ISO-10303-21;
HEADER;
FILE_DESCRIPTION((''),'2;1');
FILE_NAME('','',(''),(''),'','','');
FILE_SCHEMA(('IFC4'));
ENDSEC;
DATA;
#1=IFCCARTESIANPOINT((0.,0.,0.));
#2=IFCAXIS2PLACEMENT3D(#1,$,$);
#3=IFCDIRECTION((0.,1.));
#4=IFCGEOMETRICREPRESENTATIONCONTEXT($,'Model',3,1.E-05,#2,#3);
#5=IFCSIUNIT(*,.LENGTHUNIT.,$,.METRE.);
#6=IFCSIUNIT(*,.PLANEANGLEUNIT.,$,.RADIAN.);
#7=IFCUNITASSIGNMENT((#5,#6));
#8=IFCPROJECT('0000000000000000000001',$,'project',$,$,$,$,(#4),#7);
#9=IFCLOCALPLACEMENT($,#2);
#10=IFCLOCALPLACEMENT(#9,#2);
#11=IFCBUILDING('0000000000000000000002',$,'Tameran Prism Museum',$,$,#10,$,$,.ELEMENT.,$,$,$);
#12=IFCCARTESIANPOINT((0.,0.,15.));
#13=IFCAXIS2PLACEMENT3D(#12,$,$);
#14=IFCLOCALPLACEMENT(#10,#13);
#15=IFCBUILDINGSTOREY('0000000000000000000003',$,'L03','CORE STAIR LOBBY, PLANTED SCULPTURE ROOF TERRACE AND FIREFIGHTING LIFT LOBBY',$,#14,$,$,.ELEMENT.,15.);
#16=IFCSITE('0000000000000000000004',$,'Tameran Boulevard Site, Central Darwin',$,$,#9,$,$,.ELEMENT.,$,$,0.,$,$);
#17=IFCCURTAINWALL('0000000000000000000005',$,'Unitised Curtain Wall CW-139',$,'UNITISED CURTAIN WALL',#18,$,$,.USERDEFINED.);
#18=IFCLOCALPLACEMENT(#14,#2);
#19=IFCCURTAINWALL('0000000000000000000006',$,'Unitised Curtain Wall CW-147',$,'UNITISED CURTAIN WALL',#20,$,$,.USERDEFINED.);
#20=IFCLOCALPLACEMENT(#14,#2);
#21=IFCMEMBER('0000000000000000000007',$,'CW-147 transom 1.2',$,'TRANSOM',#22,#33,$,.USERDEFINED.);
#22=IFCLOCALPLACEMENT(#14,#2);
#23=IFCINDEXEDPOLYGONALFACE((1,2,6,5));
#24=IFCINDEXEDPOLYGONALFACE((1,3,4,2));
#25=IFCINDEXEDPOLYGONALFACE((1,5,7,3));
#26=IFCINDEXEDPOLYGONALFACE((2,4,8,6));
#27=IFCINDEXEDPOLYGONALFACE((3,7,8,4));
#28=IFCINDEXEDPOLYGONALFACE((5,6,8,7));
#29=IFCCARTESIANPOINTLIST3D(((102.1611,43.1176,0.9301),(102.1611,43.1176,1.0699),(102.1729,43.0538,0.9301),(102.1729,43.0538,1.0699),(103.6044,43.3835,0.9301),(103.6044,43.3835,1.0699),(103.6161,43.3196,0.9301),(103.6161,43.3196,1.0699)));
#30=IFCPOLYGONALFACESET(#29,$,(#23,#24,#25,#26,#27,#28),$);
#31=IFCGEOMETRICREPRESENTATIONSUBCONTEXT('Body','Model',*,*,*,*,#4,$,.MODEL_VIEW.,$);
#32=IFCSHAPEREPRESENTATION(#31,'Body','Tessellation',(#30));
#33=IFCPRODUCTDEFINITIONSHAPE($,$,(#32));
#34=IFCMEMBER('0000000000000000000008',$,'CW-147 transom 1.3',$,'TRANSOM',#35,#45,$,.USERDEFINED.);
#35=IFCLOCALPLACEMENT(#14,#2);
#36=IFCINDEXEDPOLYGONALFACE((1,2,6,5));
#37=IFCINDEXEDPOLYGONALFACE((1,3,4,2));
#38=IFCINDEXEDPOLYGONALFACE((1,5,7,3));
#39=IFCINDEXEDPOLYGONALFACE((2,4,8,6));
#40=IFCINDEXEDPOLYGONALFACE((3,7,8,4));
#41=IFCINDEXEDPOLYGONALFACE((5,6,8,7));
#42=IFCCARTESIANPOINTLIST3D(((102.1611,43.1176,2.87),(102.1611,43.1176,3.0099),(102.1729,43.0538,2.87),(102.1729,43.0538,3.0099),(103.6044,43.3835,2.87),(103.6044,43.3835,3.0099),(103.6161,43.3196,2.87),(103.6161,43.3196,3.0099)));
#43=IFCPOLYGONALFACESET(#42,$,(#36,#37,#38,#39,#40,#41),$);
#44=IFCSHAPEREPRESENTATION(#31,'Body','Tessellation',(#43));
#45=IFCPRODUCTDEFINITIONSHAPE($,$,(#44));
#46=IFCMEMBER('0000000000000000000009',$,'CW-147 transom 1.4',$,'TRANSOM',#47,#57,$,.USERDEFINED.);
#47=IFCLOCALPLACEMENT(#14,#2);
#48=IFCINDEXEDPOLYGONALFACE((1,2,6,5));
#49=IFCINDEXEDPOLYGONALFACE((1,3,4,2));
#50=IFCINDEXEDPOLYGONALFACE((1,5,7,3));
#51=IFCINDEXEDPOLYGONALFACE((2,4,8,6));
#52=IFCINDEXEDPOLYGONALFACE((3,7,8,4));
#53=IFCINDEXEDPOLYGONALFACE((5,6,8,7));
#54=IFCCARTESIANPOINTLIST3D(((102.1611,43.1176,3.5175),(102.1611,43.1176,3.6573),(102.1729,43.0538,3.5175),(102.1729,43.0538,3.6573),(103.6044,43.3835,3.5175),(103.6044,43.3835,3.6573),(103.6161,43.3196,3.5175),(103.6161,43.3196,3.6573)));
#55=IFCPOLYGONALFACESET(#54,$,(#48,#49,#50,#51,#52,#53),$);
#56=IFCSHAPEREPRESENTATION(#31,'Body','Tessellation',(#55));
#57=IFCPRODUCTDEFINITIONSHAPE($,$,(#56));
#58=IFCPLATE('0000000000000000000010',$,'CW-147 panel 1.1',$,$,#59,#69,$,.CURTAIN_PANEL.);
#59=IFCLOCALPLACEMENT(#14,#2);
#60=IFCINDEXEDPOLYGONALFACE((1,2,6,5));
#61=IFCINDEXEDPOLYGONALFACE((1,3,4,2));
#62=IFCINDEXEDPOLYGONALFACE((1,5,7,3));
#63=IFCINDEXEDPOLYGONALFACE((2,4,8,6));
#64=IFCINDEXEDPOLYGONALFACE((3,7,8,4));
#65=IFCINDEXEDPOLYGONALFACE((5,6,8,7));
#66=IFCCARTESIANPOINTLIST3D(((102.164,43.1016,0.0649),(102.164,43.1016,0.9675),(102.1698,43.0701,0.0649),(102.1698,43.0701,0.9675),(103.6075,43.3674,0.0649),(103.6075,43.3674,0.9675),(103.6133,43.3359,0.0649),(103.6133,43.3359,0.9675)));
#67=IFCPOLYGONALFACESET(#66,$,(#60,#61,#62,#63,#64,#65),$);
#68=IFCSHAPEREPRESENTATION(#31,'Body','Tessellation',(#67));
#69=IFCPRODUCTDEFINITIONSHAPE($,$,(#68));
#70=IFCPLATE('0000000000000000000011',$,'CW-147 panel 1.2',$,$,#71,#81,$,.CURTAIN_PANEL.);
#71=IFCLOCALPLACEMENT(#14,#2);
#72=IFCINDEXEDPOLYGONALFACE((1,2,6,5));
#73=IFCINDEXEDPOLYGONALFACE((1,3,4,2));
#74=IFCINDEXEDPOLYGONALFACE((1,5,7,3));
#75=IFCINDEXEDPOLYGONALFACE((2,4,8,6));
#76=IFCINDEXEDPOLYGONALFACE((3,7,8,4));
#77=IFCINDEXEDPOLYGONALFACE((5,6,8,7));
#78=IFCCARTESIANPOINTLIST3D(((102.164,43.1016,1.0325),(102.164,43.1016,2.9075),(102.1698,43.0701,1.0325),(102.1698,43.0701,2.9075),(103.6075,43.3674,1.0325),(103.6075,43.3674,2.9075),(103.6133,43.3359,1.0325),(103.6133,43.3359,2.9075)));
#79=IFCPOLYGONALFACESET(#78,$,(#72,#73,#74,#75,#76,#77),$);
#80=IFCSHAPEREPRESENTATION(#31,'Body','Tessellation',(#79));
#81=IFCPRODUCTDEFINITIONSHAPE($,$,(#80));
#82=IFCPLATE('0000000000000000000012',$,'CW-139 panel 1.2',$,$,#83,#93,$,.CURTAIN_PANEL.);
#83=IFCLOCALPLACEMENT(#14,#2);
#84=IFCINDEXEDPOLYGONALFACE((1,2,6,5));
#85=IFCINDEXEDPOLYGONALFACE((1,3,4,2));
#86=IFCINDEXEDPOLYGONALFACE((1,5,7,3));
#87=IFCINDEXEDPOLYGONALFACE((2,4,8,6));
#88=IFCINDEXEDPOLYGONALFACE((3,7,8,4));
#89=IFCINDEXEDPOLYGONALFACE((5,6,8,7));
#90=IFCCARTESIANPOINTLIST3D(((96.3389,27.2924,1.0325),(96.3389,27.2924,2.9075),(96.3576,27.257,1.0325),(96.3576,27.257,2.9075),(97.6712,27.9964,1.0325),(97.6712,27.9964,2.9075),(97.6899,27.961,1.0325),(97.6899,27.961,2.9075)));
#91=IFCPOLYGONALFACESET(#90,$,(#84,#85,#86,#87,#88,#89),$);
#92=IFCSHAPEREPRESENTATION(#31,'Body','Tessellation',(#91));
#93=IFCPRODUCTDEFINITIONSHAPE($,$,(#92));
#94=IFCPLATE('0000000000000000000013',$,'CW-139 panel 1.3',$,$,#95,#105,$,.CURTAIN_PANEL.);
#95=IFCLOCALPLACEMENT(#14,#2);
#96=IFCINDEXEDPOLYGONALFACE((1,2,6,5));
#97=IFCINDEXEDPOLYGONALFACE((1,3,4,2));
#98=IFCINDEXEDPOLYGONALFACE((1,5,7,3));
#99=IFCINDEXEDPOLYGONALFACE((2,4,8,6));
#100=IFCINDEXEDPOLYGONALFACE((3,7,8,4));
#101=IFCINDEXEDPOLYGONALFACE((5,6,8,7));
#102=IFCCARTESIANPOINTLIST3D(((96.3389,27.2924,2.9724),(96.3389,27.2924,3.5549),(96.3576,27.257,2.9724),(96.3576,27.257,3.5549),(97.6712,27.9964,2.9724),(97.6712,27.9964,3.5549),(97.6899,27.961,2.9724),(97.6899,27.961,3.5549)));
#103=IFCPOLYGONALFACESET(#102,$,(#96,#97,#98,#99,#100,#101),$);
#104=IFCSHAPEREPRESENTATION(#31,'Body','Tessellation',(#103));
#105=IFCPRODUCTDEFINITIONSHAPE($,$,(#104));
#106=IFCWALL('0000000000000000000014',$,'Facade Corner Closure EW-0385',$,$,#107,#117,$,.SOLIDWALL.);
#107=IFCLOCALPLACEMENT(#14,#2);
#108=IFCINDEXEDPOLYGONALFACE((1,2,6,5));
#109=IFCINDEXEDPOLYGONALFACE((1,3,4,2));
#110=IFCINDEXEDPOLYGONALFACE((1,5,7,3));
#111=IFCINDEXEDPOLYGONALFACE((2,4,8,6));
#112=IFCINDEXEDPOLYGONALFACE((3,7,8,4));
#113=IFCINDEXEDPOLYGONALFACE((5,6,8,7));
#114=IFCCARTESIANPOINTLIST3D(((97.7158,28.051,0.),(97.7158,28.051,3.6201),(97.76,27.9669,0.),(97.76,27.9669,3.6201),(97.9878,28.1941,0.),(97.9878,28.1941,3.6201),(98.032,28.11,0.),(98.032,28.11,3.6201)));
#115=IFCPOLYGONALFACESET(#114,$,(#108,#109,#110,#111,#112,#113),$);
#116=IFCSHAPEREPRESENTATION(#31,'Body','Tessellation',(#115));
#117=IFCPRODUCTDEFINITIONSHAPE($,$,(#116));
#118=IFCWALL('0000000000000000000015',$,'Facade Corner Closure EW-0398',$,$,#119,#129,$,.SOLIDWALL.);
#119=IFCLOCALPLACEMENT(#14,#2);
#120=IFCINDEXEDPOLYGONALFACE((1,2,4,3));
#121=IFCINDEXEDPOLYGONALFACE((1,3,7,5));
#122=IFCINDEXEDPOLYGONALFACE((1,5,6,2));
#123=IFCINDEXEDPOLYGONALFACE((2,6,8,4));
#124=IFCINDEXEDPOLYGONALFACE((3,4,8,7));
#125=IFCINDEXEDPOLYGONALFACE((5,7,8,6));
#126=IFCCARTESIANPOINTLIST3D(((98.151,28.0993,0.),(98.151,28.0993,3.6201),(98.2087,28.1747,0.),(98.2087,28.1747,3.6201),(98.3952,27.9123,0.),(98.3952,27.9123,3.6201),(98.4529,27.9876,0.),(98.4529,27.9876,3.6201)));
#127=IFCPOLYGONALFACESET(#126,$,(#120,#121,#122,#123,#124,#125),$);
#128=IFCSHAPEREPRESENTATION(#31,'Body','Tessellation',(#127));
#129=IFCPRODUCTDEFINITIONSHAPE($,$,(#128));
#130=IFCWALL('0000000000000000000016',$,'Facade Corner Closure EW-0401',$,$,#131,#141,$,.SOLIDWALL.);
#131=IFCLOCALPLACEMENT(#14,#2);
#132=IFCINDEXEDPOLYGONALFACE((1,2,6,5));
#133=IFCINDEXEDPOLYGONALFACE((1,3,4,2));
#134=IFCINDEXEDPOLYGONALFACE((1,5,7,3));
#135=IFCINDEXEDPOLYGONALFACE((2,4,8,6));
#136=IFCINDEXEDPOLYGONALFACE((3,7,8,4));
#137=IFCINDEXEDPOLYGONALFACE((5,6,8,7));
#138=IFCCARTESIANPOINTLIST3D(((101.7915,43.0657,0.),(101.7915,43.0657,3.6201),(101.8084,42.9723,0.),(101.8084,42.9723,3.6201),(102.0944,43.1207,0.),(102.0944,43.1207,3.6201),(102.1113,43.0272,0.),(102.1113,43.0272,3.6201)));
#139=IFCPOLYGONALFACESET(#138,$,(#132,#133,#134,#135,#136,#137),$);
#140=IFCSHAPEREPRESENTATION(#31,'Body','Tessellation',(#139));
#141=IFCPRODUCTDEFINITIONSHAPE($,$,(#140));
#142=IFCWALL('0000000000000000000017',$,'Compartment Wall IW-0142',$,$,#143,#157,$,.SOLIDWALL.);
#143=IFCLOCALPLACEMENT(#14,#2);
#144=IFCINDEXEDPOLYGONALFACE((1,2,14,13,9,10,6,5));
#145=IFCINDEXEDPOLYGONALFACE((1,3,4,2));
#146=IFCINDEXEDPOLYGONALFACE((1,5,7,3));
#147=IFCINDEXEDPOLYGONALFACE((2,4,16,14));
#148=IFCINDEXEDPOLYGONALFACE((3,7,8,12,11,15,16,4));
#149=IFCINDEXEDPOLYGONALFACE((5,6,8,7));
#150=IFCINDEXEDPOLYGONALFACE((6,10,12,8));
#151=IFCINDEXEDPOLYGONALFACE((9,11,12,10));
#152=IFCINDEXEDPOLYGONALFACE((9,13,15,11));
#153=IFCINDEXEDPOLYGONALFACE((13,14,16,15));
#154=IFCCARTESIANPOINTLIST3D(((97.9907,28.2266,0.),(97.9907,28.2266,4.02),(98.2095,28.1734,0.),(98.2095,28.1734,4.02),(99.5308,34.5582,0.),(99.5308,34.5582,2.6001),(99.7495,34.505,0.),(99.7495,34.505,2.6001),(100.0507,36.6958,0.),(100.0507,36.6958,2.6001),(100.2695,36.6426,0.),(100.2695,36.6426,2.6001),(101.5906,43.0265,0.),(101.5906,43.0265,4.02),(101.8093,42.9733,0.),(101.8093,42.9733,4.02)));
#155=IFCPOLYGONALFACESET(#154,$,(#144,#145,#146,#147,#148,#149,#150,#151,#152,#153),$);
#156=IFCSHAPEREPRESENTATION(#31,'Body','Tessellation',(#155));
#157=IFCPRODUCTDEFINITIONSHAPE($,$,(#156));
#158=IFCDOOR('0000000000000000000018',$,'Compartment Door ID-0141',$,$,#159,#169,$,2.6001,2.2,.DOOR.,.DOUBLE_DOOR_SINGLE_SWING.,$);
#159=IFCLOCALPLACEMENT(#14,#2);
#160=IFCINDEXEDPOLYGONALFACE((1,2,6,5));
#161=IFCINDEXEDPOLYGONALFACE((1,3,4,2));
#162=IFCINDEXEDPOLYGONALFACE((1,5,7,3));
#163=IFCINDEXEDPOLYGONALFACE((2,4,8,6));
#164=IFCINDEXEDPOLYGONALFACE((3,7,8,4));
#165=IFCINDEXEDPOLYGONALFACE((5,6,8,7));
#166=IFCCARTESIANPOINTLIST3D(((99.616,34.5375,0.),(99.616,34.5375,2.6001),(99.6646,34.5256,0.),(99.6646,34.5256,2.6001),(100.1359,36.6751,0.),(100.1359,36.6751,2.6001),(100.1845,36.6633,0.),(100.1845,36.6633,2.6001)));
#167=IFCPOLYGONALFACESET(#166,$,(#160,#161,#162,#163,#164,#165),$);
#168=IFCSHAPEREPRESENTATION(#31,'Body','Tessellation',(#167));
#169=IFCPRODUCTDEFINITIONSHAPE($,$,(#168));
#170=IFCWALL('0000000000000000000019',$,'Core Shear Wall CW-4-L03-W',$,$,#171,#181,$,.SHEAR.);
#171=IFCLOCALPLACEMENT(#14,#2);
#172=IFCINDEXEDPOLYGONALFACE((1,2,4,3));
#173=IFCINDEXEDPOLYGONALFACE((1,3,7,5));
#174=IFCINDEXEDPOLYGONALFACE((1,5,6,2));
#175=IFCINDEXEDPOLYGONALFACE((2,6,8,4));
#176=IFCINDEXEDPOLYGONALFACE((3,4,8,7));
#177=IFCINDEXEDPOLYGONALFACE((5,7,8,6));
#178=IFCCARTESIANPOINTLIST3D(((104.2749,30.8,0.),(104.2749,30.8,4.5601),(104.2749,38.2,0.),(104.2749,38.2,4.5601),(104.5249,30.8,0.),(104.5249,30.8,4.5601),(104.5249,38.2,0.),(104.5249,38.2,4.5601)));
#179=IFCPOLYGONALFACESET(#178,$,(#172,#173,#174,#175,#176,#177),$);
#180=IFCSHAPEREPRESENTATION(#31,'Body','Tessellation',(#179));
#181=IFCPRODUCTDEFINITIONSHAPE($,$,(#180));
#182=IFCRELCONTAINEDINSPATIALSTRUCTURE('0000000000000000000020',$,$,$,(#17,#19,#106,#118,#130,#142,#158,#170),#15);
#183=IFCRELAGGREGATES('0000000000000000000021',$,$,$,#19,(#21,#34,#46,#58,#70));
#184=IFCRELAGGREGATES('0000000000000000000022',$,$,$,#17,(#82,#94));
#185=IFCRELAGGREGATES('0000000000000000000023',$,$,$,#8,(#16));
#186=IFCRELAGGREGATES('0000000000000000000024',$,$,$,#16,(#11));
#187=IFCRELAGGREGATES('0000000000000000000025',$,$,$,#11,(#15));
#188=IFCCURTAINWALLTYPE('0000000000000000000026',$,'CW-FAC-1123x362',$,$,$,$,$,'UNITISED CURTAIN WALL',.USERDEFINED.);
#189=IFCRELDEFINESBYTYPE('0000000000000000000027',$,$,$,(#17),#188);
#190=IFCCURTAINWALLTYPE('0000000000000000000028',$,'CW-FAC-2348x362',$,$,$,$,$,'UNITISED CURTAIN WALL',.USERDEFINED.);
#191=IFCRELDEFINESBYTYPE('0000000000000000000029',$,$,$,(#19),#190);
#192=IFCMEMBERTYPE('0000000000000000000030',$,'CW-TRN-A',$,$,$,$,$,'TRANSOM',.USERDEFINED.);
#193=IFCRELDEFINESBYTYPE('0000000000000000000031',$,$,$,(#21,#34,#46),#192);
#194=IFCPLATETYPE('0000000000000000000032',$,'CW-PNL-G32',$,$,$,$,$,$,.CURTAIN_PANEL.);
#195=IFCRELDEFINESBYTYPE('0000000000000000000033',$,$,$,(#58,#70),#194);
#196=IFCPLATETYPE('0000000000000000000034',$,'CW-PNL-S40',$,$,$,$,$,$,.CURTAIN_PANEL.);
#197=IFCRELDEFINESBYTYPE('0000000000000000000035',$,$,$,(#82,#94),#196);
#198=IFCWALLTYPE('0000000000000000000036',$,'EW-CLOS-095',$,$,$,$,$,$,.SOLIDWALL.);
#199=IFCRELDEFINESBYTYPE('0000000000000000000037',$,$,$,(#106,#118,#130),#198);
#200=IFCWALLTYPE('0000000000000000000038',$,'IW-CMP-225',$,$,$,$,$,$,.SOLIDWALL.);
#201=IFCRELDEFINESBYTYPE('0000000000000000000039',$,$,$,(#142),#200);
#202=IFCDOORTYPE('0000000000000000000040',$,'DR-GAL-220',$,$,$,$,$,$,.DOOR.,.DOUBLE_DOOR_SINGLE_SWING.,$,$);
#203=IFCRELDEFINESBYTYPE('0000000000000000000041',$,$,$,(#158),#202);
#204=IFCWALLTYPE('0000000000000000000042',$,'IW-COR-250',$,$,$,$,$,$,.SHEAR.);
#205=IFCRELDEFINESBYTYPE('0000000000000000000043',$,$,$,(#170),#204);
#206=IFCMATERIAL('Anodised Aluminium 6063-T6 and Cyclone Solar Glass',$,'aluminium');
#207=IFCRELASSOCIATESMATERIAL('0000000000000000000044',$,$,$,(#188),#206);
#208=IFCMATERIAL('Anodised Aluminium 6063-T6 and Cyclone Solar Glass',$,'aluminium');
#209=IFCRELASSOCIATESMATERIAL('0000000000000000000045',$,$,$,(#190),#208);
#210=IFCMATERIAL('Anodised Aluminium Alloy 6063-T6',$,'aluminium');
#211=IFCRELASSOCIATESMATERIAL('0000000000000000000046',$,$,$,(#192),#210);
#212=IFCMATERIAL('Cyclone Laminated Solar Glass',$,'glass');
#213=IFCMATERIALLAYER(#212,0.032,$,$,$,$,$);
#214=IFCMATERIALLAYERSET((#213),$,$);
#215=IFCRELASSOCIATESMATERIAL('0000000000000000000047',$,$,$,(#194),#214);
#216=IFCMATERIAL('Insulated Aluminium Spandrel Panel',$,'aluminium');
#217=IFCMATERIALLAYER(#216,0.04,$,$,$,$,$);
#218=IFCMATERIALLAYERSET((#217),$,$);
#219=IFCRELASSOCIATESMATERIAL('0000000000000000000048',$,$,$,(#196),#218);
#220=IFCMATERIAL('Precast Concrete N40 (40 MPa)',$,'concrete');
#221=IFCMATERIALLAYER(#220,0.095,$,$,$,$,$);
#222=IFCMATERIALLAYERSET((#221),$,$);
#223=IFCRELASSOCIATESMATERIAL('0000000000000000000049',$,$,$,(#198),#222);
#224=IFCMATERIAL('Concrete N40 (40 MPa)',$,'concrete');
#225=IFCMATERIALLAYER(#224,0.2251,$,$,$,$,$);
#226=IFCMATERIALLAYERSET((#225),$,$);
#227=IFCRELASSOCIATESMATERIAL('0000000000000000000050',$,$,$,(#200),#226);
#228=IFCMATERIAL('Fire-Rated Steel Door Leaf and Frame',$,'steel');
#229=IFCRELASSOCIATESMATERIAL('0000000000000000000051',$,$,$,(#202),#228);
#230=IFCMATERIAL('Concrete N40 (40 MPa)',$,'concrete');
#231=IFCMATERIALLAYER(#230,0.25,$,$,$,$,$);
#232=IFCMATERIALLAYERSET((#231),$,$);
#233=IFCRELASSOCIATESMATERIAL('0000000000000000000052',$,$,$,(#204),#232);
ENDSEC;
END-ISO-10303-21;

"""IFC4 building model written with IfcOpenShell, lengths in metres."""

from ifc_helpers import new_model, si_unit, direction, frame, frame_2d, origin, origin_2d, place, context, subcontext, project, spatial, rectangle, extrude, material, layer, layer_set, material_profile, profile_set, type_object, element, fill, aggregate, save


model = new_model("IFC4")

# Units and contexts
model_context = context("Model", 3, precision=1e-05, world=origin(), true_north=direction((0.0, 1.0)))
body_context = subcontext(model_context, "Body", "Model", "MODEL_VIEW")
ifc_project = project(units=[si_unit("LENGTHUNIT", "METRE"), si_unit("PLANEANGLEUNIT", "RADIAN")], contexts=[model_context])

# Site, building, storey
site_placement = place(None, origin())
site = spatial("IfcSite", under=ifc_project, at=site_placement, Name="Tameran Boulevard Site, Central Darwin", CompositionType="ELEMENT", RefElevation=0.0)
building_placement = place(site_placement, origin())
building = spatial("IfcBuilding", under=site, at=building_placement, Name="Tameran Prism Museum", CompositionType="ELEMENT")
storey_placement = place(building_placement, frame((0.0, 0.0, 15.0)))
storey = spatial("IfcBuildingStorey", under=building, at=storey_placement, Name="L03", Description="CORE STAIR LOBBY, PLANTED SCULPTURE ROOF TERRACE AND FIREFIGHTING LIFT LOBBY", CompositionType="ELEMENT", Elevation=15.0)

# Curtain walls
ifc_material_1 = material(Name="Anodised Aluminium 6063-T6 and Cyclone Solar Glass", Category="aluminium")
curtain_wall_type_1 = type_object("IfcCurtainWallType", Name="CW-FAC-1123x362", ElementType="UNITISED CURTAIN WALL", PredefinedType="USERDEFINED", material=ifc_material_1)
curtain_wall_1_placement = place(storey_placement, origin())
curtain_wall_1 = element("IfcCurtainWall", 1, at=curtain_wall_1_placement, inside=storey, type_object=curtain_wall_type_1, Name="Unitised Curtain Wall CW-139", ObjectType="UNITISED CURTAIN WALL", PredefinedType="USERDEFINED")
ifc_material_2 = material(Name="Anodised Aluminium 6063-T6 and Cyclone Solar Glass", Category="aluminium")
curtain_wall_type_2 = type_object("IfcCurtainWallType", Name="CW-FAC-2348x362", ElementType="UNITISED CURTAIN WALL", PredefinedType="USERDEFINED", material=ifc_material_2)
curtain_wall_2_placement = place(storey_placement, origin())
curtain_wall_2 = element("IfcCurtainWall", 2, at=curtain_wall_2_placement, inside=storey, type_object=curtain_wall_type_2, Name="Unitised Curtain Wall CW-147", ObjectType="UNITISED CURTAIN WALL", PredefinedType="USERDEFINED")

# Members
ifc_material_3 = material(Name="Anodised Aluminium Alloy 6063-T6", Category="aluminium")
ifc_material_profile_1 = material_profile(ifc_material_3, rectangle(XDim=0.0649, YDim=0.1399, at=origin_2d()))
ifc_profile_set_1 = profile_set([ifc_material_profile_1])
member_type_1 = type_object("IfcMemberType", Name="CW-TRN-A", ElementType="TRANSOM", PredefinedType="USERDEFINED", material=ifc_profile_set_1)
member_1_placement = place(storey_placement, frame((102.167, 43.0857, 1.0), z_axis=(0.983455, 0.181154, 0.0), x_axis=(-0.181154, 0.983455, 0.0)))
member_1 = element("IfcMember", 3, at=member_1_placement, type_object=member_type_1, Name="CW-147 transom 1.2", ObjectType="TRANSOM", PredefinedType="USERDEFINED", context=body_context, shape_type="SweptSolid", body=[
    extrude(rectangle(XDim=0.0649, YDim=0.1399, at=origin_2d()), origin(), (0.0, 0.0, 1.0), 1.4675),
])
member_2_placement = place(storey_placement, frame((102.167, 43.0857, 2.9399), z_axis=(0.983455, 0.181154, 0.0), x_axis=(-0.181154, 0.983455, 0.0)))
member_2 = element("IfcMember", 4, at=member_2_placement, type_object=member_type_1, Name="CW-147 transom 1.3", ObjectType="TRANSOM", PredefinedType="USERDEFINED", context=body_context, shape_type="SweptSolid", body=[
    extrude(rectangle(XDim=0.0649, YDim=0.1399, at=origin_2d()), origin(), (0.0, 0.0, 1.0), 1.4675),
])
member_3_placement = place(storey_placement, frame((102.167, 43.0857, 3.5874), z_axis=(0.983455, 0.181154, 0.0), x_axis=(-0.181154, 0.983455, 0.0)))
member_3 = element("IfcMember", 5, at=member_3_placement, type_object=member_type_1, Name="CW-147 transom 1.4", ObjectType="TRANSOM", PredefinedType="USERDEFINED", context=body_context, shape_type="SweptSolid", body=[
    extrude(rectangle(XDim=0.0649, YDim=0.1399, at=origin_2d()), origin(), (0.0, 0.0, 1.0), 1.4675),
])

# Plates
ifc_material_4 = material(Name="Cyclone Laminated Solar Glass", Category="glass")
ifc_layer_1 = layer(ifc_material_4, 0.032)
ifc_layer_set_1 = layer_set([ifc_layer_1])
plate_type_1 = type_object("IfcPlateType", Name="CW-PNL-G32", PredefinedType="CURTAIN_PANEL", material=ifc_layer_set_1)
plate_1_placement = place(storey_placement, frame((102.8887, 43.2188, 0.0649), z_axis=(0.0, 0.0, 1.0), x_axis=(0.983472, 0.181063, 0.0)))
plate_1 = element("IfcPlate", 6, at=plate_1_placement, type_object=plate_type_1, Name="CW-147 panel 1.1", PredefinedType="CURTAIN_PANEL", context=body_context, shape_type="SweptSolid", body=[
    extrude(rectangle(XDim=1.4678, YDim=0.032, at=origin_2d()), origin(), (0.0, 0.0, 1.0), 0.9026),
])
plate_2_placement = place(storey_placement, frame((102.8887, 43.2188, 1.0325), z_axis=(0.0, 0.0, 1.0), x_axis=(0.983472, 0.181063, 0.0)))
plate_2 = element("IfcPlate", 7, at=plate_2_placement, type_object=plate_type_1, Name="CW-147 panel 1.2", PredefinedType="CURTAIN_PANEL", context=body_context, shape_type="SweptSolid", body=[
    extrude(rectangle(XDim=1.4678, YDim=0.032, at=origin_2d()), origin(), (0.0, 0.0, 1.0), 1.875),
])
aggregate(curtain_wall_2, [member_1, member_2, member_3, plate_1, plate_2])
ifc_material_5 = material(Name="Insulated Aluminium Spandrel Panel", Category="aluminium")
ifc_layer_2 = layer(ifc_material_5, 0.04)
ifc_layer_set_2 = layer_set([ifc_layer_2])
plate_type_2 = type_object("IfcPlateType", Name="CW-PNL-S40", PredefinedType="CURTAIN_PANEL", material=ifc_layer_set_2)
plate_3_placement = place(storey_placement, frame((97.0144, 27.6267, 1.0325), z_axis=(0.0, 0.0, 1.0), x_axis=(-0.884175, -0.467155, 0.0)))
plate_3 = element("IfcPlate", 8, at=plate_3_placement, type_object=plate_type_2, Name="CW-139 panel 1.2", PredefinedType="CURTAIN_PANEL", context=body_context, shape_type="SweptSolid", body=[
    extrude(rectangle(XDim=1.5068, YDim=0.04, at=origin_2d()), origin(), (0.0, 0.0, 1.0), 1.875),
])
plate_4_placement = place(storey_placement, frame((97.0144, 27.6267, 2.9724), z_axis=(0.0, 0.0, 1.0), x_axis=(-0.884175, -0.467155, 0.0)))
plate_4 = element("IfcPlate", 9, at=plate_4_placement, type_object=plate_type_2, Name="CW-139 panel 1.3", PredefinedType="CURTAIN_PANEL", context=body_context, shape_type="SweptSolid", body=[
    extrude(rectangle(XDim=1.5068, YDim=0.04, at=origin_2d()), origin(), (0.0, 0.0, 1.0), 0.5825),
])
aggregate(curtain_wall_1, [plate_3, plate_4])

# Walls
ifc_material_6 = material(Name="Precast Concrete N40 (40 MPa)", Category="concrete")
ifc_layer_3 = layer(ifc_material_6, 0.095)
ifc_layer_set_3 = layer_set([ifc_layer_3])
wall_type_1 = type_object("IfcWallType", Name="EW-CLOS-095", PredefinedType="SOLIDWALL", material=ifc_layer_set_3)
wall_1_placement = place(storey_placement, frame((98.01, 28.1521, 0.0), z_axis=(0.0, 0.0, 1.0), x_axis=(-0.885022, -0.46555, 0.0)))
element("IfcWall", 10, at=wall_1_placement, inside=storey, type_object=wall_type_1, Name="Facade Corner Closure EW-0385", PredefinedType="SOLIDWALL", context=body_context, shape_type="SweptSolid", body=[
    extrude(rectangle(XDim=0.3074, YDim=0.095, at=frame_2d((0.1538, 0.0))), origin(), (0.0, 0.0, 1.0), 3.6201),
])
wall_2_placement = place(storey_placement, frame((98.4241, 27.95, 0.0), z_axis=(0.0, 0.0, 1.0), x_axis=(-0.793862, 0.608098, 0.0)))
element("IfcWall", 11, at=wall_2_placement, inside=storey, type_object=wall_type_1, Name="Facade Corner Closure EW-0398", PredefinedType="SOLIDWALL", context=body_context, shape_type="SweptSolid", body=[
    extrude(rectangle(XDim=0.3076, YDim=0.095, at=frame_2d((0.1538, 0.0))), origin(), (0.0, 0.0, 1.0), 3.6201),
])
wall_3_placement = place(storey_placement, frame((101.8, 43.019, 0.0), z_axis=(0.0, 0.0, 1.0), x_axis=(0.983959, 0.178397, 0.0)))
element("IfcWall", 12, at=wall_3_placement, inside=storey, type_object=wall_type_1, Name="Facade Corner Closure EW-0401", PredefinedType="SOLIDWALL", context=body_context, shape_type="SweptSolid", body=[
    extrude(rectangle(XDim=0.3079, YDim=0.095, at=frame_2d((0.1538, 0.0))), origin(), (0.0, 0.0, 1.0), 3.6201),
])

# Wall, opening, door
ifc_material_7 = material(Name="Concrete N40 (40 MPa)", Category="concrete")
ifc_layer_4 = layer(ifc_material_7, 0.2251)
ifc_layer_set_4 = layer_set([ifc_layer_4])
wall_type_2 = type_object("IfcWallType", Name="IW-CMP-225", PredefinedType="SOLIDWALL", material=ifc_layer_set_4)
wall_4_placement = place(storey_placement, frame((98.1001, 28.2, 0.0), z_axis=(0.0, 0.0, 1.0), x_axis=(0.236342, 0.97167, 0.0)))
wall_4 = element("IfcWall", 13, at=wall_4_placement, inside=storey, type_object=wall_type_2, Name="Compartment Wall IW-0142", PredefinedType="SOLIDWALL", context=body_context, shape_type="SweptSolid", body=[
    extrude(rectangle(XDim=15.2314, YDim=0.2251, at=frame_2d((7.6157, 0.0))), origin(), (0.0, 0.0, 1.0), 4.02),
])
opening_1_placement = place(wall_4_placement, frame((6.5161, 0.0, 0.0)))
opening_1 = element("IfcOpeningElement", 14, at=opening_1_placement, cuts=wall_4, PredefinedType="OPENING", context=body_context, shape_type="SweptSolid", body=[
    extrude(rectangle(XDim=2.2, YDim=2.6001, at=frame_2d((1.1001, 1.3))), frame((0.0, 0.1226, 0.0), z_axis=(0.0, -1.0, 0.0), x_axis=(1.0, 0.0, 0.0)), (0.0, 0.0, 1.0), 0.2451),
])
ifc_material_8 = material(Name="Fire-Rated Steel Door Leaf and Frame", Category="steel")
door_type_1 = type_object("IfcDoorType", Name="DR-GAL-220", OperationType="DOUBLE_DOOR_SINGLE_SWING", PredefinedType="DOOR", material=ifc_material_8)
door_1_placement = place(opening_1_placement, origin())
door_1 = element("IfcDoor", 15, at=door_1_placement, inside=storey, type_object=door_type_1, Name="Compartment Door ID-0141", OperationType="DOUBLE_DOOR_SINGLE_SWING", OverallHeight=2.6001, OverallWidth=2.2, PredefinedType="DOOR", context=body_context, shape_type="SweptSolid", body=[
    extrude(rectangle(XDim=2.2, YDim=2.6001, at=frame_2d((1.1001, 1.3))), frame((0.0, 0.0249, 0.0), z_axis=(0.0, -1.0, 0.0), x_axis=(1.0, 0.0, 0.0)), (0.0, 0.0, 1.0), 0.05),
])
fill(opening_1, door_1)

# Wall
ifc_material_9 = material(Name="Concrete N40 (40 MPa)", Category="concrete")
ifc_layer_5 = layer(ifc_material_9, 0.25)
ifc_layer_set_5 = layer_set([ifc_layer_5])
wall_type_3 = type_object("IfcWallType", Name="IW-COR-250", PredefinedType="SHEAR", material=ifc_layer_set_5)
wall_5_placement = place(storey_placement, frame((104.3999, 30.8, 0.0), z_axis=(0.0, 0.0, 1.0), x_axis=(0.0, 1.0, 0.0)))
element("IfcWall", 16, at=wall_5_placement, inside=storey, type_object=wall_type_3, Name="Core Shear Wall CW-4-L03-W", PredefinedType="SHEAR", context=body_context, shape_type="SweptSolid", body=[
    extrude(rectangle(XDim=7.3999, YDim=0.25, at=frame_2d((3.7, 0.0))), origin(), (0.0, 0.0, 1.0), 4.5601),
])

save(model, "model.ifc")
